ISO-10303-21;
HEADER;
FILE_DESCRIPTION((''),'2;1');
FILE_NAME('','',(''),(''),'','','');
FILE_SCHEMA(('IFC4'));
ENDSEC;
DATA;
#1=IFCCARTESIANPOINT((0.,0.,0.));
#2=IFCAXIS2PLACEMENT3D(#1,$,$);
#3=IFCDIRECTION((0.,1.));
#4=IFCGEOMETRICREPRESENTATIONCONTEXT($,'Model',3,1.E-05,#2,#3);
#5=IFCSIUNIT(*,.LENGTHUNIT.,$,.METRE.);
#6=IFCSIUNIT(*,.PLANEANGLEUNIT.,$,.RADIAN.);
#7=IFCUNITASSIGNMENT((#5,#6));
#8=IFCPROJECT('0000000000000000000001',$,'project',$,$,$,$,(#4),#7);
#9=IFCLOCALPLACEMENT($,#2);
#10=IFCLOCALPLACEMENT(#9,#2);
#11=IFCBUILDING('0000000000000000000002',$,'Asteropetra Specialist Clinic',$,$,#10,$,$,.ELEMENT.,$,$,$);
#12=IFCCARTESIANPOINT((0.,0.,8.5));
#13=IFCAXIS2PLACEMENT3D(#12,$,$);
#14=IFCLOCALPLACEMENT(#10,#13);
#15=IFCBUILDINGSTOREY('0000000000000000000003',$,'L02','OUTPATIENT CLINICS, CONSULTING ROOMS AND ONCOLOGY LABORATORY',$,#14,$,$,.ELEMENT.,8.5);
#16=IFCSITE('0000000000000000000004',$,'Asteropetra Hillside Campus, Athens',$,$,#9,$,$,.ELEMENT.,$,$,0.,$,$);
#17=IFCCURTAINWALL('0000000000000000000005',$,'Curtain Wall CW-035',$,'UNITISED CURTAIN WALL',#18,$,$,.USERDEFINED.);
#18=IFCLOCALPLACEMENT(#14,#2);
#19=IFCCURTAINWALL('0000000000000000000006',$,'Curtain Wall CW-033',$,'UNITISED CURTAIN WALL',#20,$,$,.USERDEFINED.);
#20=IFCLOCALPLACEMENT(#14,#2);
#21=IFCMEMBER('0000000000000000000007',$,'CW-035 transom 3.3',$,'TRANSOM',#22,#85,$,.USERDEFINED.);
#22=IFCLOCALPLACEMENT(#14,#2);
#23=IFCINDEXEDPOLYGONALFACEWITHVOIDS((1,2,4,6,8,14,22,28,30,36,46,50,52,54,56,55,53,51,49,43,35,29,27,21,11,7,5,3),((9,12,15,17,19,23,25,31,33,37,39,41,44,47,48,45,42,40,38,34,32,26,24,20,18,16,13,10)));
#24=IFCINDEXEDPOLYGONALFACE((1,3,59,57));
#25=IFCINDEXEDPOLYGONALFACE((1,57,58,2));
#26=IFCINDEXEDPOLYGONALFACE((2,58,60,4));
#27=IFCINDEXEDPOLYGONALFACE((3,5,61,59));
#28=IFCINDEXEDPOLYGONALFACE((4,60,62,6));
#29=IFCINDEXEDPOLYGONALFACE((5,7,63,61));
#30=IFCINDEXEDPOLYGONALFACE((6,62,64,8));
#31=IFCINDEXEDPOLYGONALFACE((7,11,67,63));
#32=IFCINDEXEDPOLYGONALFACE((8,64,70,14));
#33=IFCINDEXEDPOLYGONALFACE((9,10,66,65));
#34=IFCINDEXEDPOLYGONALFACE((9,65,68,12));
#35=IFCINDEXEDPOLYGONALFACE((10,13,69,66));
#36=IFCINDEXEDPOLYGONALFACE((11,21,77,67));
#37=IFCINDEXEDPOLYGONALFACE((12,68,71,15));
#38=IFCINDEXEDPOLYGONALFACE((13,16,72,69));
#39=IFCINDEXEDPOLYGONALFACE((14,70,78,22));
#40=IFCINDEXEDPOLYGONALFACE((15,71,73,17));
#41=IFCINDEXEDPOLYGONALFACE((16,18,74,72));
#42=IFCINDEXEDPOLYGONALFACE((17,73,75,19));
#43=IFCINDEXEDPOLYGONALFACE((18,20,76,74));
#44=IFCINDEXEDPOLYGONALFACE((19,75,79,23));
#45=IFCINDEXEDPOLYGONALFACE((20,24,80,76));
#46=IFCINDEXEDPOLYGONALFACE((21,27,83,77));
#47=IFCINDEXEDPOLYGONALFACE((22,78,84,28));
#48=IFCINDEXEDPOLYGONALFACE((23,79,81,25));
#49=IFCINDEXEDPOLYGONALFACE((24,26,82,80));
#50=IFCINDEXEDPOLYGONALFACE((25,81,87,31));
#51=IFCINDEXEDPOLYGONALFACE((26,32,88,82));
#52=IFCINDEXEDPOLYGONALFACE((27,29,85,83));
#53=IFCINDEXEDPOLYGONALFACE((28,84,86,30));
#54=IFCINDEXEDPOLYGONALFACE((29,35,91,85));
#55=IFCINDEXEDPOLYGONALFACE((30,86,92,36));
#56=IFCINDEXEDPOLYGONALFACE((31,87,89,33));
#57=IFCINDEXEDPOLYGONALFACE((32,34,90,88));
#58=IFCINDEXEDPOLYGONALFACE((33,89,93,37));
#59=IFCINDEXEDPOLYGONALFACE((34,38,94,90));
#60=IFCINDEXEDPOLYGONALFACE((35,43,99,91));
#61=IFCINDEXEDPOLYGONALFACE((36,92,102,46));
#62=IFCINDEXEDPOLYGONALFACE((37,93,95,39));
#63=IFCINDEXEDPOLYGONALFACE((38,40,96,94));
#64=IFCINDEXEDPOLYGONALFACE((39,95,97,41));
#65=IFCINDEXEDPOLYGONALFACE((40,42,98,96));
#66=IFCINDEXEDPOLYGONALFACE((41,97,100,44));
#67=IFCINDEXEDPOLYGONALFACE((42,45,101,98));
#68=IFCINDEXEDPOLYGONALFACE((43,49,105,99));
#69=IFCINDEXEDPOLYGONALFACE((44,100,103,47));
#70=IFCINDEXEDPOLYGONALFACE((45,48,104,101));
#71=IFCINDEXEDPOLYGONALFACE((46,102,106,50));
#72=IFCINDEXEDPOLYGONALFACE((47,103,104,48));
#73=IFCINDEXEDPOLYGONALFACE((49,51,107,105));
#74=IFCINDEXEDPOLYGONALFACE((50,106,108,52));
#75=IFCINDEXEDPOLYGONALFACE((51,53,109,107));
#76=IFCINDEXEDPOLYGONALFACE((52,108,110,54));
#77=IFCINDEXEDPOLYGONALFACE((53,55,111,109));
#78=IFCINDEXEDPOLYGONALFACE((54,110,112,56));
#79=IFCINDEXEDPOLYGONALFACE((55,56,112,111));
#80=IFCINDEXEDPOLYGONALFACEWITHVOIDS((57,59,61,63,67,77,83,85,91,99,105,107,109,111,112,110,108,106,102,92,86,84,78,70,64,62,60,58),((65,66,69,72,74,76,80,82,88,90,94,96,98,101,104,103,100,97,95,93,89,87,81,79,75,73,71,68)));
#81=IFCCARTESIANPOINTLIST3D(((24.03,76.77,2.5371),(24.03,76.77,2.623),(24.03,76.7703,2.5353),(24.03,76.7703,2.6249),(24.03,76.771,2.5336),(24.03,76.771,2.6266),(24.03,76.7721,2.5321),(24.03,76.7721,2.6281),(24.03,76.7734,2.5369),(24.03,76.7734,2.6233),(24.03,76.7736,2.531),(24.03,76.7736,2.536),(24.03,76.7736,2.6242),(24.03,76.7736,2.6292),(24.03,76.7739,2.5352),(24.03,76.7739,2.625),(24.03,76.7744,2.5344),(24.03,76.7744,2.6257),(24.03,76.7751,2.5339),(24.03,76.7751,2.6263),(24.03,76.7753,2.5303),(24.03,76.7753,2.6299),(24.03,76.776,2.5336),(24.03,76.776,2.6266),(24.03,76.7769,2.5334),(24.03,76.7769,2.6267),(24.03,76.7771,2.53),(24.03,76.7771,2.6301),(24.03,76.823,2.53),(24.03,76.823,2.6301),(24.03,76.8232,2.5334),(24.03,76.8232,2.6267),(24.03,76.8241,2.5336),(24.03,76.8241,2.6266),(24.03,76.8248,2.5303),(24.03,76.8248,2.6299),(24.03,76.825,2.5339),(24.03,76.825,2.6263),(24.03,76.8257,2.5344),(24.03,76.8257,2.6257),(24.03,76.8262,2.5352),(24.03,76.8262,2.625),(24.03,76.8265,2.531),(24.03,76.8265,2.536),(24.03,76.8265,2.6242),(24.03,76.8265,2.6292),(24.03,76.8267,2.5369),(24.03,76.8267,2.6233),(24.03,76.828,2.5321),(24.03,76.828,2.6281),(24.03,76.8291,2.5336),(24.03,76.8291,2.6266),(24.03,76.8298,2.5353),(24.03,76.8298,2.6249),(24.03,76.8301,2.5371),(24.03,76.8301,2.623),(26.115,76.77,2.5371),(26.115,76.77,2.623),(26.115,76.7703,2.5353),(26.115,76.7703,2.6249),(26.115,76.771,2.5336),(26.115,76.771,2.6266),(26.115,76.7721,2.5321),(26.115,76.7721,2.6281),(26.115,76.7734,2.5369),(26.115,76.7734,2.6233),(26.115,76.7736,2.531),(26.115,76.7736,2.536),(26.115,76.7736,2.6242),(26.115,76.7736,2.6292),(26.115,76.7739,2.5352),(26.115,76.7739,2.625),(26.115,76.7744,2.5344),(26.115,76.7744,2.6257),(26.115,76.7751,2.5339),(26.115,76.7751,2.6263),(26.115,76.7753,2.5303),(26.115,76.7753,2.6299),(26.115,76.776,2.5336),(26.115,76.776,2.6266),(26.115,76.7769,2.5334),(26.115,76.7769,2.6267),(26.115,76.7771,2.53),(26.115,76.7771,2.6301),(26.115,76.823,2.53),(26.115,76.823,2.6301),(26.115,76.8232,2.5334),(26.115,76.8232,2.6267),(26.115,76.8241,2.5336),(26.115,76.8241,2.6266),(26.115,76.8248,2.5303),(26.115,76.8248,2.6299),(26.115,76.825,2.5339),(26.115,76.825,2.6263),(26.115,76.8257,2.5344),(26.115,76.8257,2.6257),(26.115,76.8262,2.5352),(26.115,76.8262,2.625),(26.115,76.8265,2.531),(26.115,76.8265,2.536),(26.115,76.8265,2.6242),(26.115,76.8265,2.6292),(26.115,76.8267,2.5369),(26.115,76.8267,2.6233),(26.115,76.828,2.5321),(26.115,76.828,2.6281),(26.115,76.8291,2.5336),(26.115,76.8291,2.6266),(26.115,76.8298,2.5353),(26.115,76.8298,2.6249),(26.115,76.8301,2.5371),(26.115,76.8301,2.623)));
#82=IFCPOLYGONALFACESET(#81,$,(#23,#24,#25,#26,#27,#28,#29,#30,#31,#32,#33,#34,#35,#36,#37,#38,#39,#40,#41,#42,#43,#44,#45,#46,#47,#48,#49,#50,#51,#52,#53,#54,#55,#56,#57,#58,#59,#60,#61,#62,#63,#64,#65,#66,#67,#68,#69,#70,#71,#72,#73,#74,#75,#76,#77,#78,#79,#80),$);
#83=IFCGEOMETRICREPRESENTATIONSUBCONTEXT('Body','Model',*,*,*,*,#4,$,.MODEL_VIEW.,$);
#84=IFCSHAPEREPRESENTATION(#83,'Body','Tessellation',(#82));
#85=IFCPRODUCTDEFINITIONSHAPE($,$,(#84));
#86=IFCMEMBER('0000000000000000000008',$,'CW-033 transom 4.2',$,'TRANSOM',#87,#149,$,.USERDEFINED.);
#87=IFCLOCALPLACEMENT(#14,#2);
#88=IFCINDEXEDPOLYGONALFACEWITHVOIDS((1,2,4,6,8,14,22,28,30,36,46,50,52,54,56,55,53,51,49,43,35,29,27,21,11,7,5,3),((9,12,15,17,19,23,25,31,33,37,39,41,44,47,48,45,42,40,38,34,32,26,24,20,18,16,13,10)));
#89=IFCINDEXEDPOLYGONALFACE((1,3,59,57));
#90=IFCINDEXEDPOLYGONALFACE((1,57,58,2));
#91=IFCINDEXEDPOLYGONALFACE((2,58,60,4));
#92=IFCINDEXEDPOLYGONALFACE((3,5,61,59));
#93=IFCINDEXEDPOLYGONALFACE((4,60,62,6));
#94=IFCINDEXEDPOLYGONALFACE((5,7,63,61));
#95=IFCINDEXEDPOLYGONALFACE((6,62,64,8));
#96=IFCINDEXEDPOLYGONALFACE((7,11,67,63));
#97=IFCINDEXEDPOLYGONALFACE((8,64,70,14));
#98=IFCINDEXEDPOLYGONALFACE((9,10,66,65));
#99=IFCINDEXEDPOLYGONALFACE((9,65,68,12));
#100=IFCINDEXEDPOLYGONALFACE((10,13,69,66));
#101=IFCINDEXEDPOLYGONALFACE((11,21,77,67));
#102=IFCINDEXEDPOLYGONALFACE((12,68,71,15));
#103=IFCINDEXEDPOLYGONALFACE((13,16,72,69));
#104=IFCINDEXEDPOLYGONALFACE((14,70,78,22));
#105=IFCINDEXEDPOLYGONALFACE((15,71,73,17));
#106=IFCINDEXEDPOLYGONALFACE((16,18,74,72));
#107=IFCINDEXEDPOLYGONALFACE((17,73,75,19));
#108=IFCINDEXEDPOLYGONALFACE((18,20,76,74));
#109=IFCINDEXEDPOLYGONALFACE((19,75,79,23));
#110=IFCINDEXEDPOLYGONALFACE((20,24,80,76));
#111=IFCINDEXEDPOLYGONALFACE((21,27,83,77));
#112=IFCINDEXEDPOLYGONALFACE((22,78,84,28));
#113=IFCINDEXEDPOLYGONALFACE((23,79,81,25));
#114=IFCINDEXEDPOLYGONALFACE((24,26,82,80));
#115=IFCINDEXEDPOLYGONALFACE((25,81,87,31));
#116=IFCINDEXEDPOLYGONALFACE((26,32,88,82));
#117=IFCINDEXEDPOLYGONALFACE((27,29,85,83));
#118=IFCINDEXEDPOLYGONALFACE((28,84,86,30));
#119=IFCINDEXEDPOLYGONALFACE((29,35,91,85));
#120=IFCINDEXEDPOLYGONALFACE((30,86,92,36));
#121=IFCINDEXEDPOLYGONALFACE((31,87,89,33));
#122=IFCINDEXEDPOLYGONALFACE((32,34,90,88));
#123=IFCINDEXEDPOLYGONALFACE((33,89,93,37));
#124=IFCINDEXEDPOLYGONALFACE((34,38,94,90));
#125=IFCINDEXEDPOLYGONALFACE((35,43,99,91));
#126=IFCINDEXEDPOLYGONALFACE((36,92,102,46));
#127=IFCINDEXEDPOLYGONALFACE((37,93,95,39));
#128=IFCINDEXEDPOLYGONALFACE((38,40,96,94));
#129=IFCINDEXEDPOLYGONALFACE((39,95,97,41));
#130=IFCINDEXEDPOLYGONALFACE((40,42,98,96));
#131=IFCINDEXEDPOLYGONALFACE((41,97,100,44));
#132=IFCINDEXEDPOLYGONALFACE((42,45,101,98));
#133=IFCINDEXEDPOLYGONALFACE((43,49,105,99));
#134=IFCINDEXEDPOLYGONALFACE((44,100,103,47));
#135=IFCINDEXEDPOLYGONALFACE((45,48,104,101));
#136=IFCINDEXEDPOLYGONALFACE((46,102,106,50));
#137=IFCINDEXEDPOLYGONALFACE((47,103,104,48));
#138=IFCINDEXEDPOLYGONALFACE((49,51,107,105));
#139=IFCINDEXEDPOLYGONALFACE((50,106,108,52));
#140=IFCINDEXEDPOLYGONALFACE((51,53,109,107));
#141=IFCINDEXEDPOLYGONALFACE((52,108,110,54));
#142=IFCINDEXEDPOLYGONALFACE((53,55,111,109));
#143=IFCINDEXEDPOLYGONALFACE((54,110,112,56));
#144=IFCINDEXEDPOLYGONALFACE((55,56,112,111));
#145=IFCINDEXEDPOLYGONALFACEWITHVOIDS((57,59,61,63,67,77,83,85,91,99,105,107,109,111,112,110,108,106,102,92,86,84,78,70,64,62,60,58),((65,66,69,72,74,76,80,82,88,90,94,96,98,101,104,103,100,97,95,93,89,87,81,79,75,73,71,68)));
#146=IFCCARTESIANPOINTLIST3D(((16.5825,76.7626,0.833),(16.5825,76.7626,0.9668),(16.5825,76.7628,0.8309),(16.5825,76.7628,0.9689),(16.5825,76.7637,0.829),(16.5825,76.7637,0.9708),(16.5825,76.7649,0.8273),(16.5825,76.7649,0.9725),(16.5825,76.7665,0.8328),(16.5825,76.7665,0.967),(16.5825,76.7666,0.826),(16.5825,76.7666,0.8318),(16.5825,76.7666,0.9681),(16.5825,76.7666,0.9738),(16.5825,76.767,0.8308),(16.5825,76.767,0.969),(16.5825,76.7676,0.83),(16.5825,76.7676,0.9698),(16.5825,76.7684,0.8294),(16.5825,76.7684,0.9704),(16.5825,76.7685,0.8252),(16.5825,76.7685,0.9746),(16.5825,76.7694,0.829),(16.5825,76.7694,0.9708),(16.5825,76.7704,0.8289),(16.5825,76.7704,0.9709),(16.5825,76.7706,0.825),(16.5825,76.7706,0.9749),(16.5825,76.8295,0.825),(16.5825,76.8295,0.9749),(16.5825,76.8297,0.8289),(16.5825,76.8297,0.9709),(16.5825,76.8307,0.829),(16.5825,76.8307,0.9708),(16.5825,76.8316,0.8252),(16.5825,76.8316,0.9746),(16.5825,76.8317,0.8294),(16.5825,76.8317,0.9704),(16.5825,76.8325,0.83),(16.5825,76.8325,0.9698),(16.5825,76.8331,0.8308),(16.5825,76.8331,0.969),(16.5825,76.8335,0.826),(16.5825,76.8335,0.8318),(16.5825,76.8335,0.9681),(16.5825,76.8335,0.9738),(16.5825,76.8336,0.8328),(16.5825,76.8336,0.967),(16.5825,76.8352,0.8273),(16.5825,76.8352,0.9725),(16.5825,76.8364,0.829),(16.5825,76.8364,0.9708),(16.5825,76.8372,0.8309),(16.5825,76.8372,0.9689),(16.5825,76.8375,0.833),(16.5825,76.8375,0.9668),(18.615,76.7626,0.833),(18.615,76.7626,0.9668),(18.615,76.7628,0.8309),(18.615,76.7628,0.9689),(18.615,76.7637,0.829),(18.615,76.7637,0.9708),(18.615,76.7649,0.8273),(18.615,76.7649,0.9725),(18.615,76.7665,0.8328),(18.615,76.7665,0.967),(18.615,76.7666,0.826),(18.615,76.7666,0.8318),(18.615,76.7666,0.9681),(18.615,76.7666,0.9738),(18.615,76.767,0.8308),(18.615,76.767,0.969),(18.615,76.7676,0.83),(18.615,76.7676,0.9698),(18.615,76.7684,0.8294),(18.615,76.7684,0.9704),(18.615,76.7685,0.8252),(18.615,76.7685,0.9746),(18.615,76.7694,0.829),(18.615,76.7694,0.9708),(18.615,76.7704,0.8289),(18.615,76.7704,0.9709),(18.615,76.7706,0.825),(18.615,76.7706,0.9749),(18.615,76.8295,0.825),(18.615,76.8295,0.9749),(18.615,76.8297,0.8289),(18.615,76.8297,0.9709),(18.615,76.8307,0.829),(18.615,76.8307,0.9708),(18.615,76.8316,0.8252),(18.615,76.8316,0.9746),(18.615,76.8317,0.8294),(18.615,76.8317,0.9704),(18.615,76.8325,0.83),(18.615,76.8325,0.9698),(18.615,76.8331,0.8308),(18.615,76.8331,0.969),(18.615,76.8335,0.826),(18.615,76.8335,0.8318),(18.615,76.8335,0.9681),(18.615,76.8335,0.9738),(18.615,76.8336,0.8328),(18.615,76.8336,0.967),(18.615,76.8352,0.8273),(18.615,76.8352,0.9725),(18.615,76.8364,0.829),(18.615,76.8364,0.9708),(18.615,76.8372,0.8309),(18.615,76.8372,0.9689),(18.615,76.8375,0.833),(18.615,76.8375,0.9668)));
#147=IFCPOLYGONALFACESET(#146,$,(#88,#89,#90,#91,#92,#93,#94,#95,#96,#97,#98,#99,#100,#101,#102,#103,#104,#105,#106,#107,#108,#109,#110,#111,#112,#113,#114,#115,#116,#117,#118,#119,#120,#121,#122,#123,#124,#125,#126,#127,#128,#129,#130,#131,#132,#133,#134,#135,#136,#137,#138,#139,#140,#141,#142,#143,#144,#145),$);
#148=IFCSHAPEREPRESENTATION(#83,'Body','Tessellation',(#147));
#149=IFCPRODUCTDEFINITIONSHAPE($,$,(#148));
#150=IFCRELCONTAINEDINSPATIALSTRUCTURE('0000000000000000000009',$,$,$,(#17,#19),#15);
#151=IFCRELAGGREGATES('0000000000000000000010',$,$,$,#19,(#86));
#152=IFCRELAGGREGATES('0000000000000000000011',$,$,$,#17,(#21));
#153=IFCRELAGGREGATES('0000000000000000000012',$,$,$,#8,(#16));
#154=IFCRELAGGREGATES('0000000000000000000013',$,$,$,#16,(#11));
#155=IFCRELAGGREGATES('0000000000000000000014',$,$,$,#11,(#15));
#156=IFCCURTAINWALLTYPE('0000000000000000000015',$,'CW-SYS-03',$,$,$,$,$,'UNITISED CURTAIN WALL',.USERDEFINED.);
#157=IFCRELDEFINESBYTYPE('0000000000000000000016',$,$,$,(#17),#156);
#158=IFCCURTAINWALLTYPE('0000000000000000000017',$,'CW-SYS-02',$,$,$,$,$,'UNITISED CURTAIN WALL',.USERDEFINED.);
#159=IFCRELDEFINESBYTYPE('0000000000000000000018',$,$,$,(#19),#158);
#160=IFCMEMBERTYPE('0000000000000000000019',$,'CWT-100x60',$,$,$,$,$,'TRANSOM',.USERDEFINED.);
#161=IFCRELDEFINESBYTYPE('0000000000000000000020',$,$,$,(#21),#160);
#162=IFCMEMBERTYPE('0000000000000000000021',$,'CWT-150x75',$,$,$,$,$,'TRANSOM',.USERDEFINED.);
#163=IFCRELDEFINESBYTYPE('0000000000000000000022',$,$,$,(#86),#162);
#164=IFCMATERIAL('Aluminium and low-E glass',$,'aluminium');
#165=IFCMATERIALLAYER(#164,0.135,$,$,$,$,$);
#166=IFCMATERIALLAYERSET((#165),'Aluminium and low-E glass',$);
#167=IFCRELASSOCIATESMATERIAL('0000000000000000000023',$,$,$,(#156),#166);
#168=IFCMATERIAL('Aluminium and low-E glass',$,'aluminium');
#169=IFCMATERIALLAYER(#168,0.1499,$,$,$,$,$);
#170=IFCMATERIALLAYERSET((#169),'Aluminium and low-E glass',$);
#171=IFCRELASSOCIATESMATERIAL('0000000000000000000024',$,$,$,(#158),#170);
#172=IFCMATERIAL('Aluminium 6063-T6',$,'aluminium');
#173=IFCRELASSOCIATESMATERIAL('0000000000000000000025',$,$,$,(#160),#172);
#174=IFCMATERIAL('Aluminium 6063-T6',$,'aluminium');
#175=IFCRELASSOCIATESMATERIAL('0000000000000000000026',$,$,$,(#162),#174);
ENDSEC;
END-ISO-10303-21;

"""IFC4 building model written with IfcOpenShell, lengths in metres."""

from ifc_helpers import new_model, si_unit, direction, frame, origin, origin_2d, place, context, subcontext, project, spatial, hollow_rectangle, extrude, material, layer, layer_set, material_profile, profile_set, type_object, element, aggregate, save


model = new_model("IFC4")

# Units and contexts
model_context = context("Model", 3, precision=1e-05, world=origin(), true_north=direction((0.0, 1.0)))
body_context = subcontext(model_context, "Body", "Model", "MODEL_VIEW")
ifc_project = project(units=[si_unit("LENGTHUNIT", "METRE"), si_unit("PLANEANGLEUNIT", "RADIAN")], contexts=[model_context])

# Site, building, storey
site_placement = place(None, origin())
site = spatial("IfcSite", under=ifc_project, at=site_placement, Name="Asteropetra Hillside Campus, Athens", CompositionType="ELEMENT", RefElevation=0.0)
building_placement = place(site_placement, origin())
building = spatial("IfcBuilding", under=site, at=building_placement, Name="Asteropetra Specialist Clinic", CompositionType="ELEMENT")
storey_placement = place(building_placement, frame((0.0, 0.0, 8.5)))
storey = spatial("IfcBuildingStorey", under=building, at=storey_placement, Name="L02", Description="OUTPATIENT CLINICS, CONSULTING ROOMS AND ONCOLOGY LABORATORY", CompositionType="ELEMENT", Elevation=8.5)

# Curtain wall
ifc_material_1 = material(Name="Aluminium and low-E glass", Category="aluminium")
ifc_layer_1 = layer(ifc_material_1, 0.135)
ifc_layer_set_1 = layer_set([ifc_layer_1], Name="Aluminium and low-E glass")
curtain_wall_type_1 = type_object("IfcCurtainWallType", Name="CW-SYS-03", ElementType="UNITISED CURTAIN WALL", PredefinedType="USERDEFINED", material=ifc_layer_set_1)
curtain_wall_1_placement = place(storey_placement, origin())
curtain_wall_1 = element("IfcCurtainWall", 1, at=curtain_wall_1_placement, inside=storey, type_object=curtain_wall_type_1, Name="Curtain Wall CW-035", ObjectType="UNITISED CURTAIN WALL", PredefinedType="USERDEFINED")

# Curtain wall
ifc_material_2 = material(Name="Aluminium and low-E glass", Category="aluminium")
ifc_layer_2 = layer(ifc_material_2, 0.1499)
ifc_layer_set_2 = layer_set([ifc_layer_2], Name="Aluminium and low-E glass")
curtain_wall_type_2 = type_object("IfcCurtainWallType", Name="CW-SYS-02", ElementType="UNITISED CURTAIN WALL", PredefinedType="USERDEFINED", material=ifc_layer_set_2)
curtain_wall_2_placement = place(storey_placement, origin())
curtain_wall_2 = element("IfcCurtainWall", 2, at=curtain_wall_2_placement, inside=storey, type_object=curtain_wall_type_2, Name="Curtain Wall CW-033", ObjectType="UNITISED CURTAIN WALL", PredefinedType="USERDEFINED")

# Members
ifc_material_3 = material(Name="Aluminium 6063-T6", Category="aluminium")
ifc_material_profile_1 = material_profile(ifc_material_3, hollow_rectangle(XDim=0.0601, YDim=0.1001, WallThickness=0.0034, InnerFilletRadius=0.0034, OuterFilletRadius=0.0071, at=origin_2d()), Name="TRN 100x60x3.5")
ifc_profile_set_1 = profile_set([ifc_material_profile_1], Name="Aluminium 6063-T6")
member_type_1 = type_object("IfcMemberType", Name="CWT-100x60", ElementType="TRANSOM", PredefinedType="USERDEFINED", material=ifc_profile_set_1)
member_1_placement = place(storey_placement, frame((24.03, 76.8, 2.5801), z_axis=(1.0, 0.0, 0.0), x_axis=(0.0, 1.0, 0.0)))
member_1 = element("IfcMember", 3, at=member_1_placement, type_object=member_type_1, Name="CW-035 transom 3.3", ObjectType="TRANSOM", PredefinedType="USERDEFINED", context=body_context, shape_type="SweptSolid", body=[
    extrude(hollow_rectangle(XDim=0.0601, YDim=0.1001, WallThickness=0.0034, InnerFilletRadius=0.0034, OuterFilletRadius=0.0071, at=origin_2d()), origin(), (0.0, 0.0, 1.0), 2.085),
])
ifc_material_4 = material(Name="Aluminium 6063-T6", Category="aluminium")
ifc_material_profile_2 = material_profile(ifc_material_4, hollow_rectangle(XDim=0.075, YDim=0.1499, WallThickness=0.0039, InnerFilletRadius=0.0039, OuterFilletRadius=0.0081, at=origin_2d()), Name="TRN 150x75x4.0")
ifc_profile_set_2 = profile_set([ifc_material_profile_2], Name="Aluminium 6063-T6")
member_type_2 = type_object("IfcMemberType", Name="CWT-150x75", ElementType="TRANSOM", PredefinedType="USERDEFINED", material=ifc_profile_set_2)
member_2_placement = place(storey_placement, frame((16.5825, 76.8, 0.8999), z_axis=(1.0, 0.0, 0.0), x_axis=(0.0, 1.0, 0.0)))
member_2 = element("IfcMember", 4, at=member_2_placement, type_object=member_type_2, Name="CW-033 transom 4.2", ObjectType="TRANSOM", PredefinedType="USERDEFINED", context=body_context, shape_type="SweptSolid", body=[
    extrude(hollow_rectangle(XDim=0.075, YDim=0.1499, WallThickness=0.0039, InnerFilletRadius=0.0039, OuterFilletRadius=0.0081, at=origin_2d()), origin(), (0.0, 0.0, 1.0), 2.0325),
])

aggregate(curtain_wall_2, [member_2])
aggregate(curtain_wall_1, [member_1])

save(model, "model.ifc")
